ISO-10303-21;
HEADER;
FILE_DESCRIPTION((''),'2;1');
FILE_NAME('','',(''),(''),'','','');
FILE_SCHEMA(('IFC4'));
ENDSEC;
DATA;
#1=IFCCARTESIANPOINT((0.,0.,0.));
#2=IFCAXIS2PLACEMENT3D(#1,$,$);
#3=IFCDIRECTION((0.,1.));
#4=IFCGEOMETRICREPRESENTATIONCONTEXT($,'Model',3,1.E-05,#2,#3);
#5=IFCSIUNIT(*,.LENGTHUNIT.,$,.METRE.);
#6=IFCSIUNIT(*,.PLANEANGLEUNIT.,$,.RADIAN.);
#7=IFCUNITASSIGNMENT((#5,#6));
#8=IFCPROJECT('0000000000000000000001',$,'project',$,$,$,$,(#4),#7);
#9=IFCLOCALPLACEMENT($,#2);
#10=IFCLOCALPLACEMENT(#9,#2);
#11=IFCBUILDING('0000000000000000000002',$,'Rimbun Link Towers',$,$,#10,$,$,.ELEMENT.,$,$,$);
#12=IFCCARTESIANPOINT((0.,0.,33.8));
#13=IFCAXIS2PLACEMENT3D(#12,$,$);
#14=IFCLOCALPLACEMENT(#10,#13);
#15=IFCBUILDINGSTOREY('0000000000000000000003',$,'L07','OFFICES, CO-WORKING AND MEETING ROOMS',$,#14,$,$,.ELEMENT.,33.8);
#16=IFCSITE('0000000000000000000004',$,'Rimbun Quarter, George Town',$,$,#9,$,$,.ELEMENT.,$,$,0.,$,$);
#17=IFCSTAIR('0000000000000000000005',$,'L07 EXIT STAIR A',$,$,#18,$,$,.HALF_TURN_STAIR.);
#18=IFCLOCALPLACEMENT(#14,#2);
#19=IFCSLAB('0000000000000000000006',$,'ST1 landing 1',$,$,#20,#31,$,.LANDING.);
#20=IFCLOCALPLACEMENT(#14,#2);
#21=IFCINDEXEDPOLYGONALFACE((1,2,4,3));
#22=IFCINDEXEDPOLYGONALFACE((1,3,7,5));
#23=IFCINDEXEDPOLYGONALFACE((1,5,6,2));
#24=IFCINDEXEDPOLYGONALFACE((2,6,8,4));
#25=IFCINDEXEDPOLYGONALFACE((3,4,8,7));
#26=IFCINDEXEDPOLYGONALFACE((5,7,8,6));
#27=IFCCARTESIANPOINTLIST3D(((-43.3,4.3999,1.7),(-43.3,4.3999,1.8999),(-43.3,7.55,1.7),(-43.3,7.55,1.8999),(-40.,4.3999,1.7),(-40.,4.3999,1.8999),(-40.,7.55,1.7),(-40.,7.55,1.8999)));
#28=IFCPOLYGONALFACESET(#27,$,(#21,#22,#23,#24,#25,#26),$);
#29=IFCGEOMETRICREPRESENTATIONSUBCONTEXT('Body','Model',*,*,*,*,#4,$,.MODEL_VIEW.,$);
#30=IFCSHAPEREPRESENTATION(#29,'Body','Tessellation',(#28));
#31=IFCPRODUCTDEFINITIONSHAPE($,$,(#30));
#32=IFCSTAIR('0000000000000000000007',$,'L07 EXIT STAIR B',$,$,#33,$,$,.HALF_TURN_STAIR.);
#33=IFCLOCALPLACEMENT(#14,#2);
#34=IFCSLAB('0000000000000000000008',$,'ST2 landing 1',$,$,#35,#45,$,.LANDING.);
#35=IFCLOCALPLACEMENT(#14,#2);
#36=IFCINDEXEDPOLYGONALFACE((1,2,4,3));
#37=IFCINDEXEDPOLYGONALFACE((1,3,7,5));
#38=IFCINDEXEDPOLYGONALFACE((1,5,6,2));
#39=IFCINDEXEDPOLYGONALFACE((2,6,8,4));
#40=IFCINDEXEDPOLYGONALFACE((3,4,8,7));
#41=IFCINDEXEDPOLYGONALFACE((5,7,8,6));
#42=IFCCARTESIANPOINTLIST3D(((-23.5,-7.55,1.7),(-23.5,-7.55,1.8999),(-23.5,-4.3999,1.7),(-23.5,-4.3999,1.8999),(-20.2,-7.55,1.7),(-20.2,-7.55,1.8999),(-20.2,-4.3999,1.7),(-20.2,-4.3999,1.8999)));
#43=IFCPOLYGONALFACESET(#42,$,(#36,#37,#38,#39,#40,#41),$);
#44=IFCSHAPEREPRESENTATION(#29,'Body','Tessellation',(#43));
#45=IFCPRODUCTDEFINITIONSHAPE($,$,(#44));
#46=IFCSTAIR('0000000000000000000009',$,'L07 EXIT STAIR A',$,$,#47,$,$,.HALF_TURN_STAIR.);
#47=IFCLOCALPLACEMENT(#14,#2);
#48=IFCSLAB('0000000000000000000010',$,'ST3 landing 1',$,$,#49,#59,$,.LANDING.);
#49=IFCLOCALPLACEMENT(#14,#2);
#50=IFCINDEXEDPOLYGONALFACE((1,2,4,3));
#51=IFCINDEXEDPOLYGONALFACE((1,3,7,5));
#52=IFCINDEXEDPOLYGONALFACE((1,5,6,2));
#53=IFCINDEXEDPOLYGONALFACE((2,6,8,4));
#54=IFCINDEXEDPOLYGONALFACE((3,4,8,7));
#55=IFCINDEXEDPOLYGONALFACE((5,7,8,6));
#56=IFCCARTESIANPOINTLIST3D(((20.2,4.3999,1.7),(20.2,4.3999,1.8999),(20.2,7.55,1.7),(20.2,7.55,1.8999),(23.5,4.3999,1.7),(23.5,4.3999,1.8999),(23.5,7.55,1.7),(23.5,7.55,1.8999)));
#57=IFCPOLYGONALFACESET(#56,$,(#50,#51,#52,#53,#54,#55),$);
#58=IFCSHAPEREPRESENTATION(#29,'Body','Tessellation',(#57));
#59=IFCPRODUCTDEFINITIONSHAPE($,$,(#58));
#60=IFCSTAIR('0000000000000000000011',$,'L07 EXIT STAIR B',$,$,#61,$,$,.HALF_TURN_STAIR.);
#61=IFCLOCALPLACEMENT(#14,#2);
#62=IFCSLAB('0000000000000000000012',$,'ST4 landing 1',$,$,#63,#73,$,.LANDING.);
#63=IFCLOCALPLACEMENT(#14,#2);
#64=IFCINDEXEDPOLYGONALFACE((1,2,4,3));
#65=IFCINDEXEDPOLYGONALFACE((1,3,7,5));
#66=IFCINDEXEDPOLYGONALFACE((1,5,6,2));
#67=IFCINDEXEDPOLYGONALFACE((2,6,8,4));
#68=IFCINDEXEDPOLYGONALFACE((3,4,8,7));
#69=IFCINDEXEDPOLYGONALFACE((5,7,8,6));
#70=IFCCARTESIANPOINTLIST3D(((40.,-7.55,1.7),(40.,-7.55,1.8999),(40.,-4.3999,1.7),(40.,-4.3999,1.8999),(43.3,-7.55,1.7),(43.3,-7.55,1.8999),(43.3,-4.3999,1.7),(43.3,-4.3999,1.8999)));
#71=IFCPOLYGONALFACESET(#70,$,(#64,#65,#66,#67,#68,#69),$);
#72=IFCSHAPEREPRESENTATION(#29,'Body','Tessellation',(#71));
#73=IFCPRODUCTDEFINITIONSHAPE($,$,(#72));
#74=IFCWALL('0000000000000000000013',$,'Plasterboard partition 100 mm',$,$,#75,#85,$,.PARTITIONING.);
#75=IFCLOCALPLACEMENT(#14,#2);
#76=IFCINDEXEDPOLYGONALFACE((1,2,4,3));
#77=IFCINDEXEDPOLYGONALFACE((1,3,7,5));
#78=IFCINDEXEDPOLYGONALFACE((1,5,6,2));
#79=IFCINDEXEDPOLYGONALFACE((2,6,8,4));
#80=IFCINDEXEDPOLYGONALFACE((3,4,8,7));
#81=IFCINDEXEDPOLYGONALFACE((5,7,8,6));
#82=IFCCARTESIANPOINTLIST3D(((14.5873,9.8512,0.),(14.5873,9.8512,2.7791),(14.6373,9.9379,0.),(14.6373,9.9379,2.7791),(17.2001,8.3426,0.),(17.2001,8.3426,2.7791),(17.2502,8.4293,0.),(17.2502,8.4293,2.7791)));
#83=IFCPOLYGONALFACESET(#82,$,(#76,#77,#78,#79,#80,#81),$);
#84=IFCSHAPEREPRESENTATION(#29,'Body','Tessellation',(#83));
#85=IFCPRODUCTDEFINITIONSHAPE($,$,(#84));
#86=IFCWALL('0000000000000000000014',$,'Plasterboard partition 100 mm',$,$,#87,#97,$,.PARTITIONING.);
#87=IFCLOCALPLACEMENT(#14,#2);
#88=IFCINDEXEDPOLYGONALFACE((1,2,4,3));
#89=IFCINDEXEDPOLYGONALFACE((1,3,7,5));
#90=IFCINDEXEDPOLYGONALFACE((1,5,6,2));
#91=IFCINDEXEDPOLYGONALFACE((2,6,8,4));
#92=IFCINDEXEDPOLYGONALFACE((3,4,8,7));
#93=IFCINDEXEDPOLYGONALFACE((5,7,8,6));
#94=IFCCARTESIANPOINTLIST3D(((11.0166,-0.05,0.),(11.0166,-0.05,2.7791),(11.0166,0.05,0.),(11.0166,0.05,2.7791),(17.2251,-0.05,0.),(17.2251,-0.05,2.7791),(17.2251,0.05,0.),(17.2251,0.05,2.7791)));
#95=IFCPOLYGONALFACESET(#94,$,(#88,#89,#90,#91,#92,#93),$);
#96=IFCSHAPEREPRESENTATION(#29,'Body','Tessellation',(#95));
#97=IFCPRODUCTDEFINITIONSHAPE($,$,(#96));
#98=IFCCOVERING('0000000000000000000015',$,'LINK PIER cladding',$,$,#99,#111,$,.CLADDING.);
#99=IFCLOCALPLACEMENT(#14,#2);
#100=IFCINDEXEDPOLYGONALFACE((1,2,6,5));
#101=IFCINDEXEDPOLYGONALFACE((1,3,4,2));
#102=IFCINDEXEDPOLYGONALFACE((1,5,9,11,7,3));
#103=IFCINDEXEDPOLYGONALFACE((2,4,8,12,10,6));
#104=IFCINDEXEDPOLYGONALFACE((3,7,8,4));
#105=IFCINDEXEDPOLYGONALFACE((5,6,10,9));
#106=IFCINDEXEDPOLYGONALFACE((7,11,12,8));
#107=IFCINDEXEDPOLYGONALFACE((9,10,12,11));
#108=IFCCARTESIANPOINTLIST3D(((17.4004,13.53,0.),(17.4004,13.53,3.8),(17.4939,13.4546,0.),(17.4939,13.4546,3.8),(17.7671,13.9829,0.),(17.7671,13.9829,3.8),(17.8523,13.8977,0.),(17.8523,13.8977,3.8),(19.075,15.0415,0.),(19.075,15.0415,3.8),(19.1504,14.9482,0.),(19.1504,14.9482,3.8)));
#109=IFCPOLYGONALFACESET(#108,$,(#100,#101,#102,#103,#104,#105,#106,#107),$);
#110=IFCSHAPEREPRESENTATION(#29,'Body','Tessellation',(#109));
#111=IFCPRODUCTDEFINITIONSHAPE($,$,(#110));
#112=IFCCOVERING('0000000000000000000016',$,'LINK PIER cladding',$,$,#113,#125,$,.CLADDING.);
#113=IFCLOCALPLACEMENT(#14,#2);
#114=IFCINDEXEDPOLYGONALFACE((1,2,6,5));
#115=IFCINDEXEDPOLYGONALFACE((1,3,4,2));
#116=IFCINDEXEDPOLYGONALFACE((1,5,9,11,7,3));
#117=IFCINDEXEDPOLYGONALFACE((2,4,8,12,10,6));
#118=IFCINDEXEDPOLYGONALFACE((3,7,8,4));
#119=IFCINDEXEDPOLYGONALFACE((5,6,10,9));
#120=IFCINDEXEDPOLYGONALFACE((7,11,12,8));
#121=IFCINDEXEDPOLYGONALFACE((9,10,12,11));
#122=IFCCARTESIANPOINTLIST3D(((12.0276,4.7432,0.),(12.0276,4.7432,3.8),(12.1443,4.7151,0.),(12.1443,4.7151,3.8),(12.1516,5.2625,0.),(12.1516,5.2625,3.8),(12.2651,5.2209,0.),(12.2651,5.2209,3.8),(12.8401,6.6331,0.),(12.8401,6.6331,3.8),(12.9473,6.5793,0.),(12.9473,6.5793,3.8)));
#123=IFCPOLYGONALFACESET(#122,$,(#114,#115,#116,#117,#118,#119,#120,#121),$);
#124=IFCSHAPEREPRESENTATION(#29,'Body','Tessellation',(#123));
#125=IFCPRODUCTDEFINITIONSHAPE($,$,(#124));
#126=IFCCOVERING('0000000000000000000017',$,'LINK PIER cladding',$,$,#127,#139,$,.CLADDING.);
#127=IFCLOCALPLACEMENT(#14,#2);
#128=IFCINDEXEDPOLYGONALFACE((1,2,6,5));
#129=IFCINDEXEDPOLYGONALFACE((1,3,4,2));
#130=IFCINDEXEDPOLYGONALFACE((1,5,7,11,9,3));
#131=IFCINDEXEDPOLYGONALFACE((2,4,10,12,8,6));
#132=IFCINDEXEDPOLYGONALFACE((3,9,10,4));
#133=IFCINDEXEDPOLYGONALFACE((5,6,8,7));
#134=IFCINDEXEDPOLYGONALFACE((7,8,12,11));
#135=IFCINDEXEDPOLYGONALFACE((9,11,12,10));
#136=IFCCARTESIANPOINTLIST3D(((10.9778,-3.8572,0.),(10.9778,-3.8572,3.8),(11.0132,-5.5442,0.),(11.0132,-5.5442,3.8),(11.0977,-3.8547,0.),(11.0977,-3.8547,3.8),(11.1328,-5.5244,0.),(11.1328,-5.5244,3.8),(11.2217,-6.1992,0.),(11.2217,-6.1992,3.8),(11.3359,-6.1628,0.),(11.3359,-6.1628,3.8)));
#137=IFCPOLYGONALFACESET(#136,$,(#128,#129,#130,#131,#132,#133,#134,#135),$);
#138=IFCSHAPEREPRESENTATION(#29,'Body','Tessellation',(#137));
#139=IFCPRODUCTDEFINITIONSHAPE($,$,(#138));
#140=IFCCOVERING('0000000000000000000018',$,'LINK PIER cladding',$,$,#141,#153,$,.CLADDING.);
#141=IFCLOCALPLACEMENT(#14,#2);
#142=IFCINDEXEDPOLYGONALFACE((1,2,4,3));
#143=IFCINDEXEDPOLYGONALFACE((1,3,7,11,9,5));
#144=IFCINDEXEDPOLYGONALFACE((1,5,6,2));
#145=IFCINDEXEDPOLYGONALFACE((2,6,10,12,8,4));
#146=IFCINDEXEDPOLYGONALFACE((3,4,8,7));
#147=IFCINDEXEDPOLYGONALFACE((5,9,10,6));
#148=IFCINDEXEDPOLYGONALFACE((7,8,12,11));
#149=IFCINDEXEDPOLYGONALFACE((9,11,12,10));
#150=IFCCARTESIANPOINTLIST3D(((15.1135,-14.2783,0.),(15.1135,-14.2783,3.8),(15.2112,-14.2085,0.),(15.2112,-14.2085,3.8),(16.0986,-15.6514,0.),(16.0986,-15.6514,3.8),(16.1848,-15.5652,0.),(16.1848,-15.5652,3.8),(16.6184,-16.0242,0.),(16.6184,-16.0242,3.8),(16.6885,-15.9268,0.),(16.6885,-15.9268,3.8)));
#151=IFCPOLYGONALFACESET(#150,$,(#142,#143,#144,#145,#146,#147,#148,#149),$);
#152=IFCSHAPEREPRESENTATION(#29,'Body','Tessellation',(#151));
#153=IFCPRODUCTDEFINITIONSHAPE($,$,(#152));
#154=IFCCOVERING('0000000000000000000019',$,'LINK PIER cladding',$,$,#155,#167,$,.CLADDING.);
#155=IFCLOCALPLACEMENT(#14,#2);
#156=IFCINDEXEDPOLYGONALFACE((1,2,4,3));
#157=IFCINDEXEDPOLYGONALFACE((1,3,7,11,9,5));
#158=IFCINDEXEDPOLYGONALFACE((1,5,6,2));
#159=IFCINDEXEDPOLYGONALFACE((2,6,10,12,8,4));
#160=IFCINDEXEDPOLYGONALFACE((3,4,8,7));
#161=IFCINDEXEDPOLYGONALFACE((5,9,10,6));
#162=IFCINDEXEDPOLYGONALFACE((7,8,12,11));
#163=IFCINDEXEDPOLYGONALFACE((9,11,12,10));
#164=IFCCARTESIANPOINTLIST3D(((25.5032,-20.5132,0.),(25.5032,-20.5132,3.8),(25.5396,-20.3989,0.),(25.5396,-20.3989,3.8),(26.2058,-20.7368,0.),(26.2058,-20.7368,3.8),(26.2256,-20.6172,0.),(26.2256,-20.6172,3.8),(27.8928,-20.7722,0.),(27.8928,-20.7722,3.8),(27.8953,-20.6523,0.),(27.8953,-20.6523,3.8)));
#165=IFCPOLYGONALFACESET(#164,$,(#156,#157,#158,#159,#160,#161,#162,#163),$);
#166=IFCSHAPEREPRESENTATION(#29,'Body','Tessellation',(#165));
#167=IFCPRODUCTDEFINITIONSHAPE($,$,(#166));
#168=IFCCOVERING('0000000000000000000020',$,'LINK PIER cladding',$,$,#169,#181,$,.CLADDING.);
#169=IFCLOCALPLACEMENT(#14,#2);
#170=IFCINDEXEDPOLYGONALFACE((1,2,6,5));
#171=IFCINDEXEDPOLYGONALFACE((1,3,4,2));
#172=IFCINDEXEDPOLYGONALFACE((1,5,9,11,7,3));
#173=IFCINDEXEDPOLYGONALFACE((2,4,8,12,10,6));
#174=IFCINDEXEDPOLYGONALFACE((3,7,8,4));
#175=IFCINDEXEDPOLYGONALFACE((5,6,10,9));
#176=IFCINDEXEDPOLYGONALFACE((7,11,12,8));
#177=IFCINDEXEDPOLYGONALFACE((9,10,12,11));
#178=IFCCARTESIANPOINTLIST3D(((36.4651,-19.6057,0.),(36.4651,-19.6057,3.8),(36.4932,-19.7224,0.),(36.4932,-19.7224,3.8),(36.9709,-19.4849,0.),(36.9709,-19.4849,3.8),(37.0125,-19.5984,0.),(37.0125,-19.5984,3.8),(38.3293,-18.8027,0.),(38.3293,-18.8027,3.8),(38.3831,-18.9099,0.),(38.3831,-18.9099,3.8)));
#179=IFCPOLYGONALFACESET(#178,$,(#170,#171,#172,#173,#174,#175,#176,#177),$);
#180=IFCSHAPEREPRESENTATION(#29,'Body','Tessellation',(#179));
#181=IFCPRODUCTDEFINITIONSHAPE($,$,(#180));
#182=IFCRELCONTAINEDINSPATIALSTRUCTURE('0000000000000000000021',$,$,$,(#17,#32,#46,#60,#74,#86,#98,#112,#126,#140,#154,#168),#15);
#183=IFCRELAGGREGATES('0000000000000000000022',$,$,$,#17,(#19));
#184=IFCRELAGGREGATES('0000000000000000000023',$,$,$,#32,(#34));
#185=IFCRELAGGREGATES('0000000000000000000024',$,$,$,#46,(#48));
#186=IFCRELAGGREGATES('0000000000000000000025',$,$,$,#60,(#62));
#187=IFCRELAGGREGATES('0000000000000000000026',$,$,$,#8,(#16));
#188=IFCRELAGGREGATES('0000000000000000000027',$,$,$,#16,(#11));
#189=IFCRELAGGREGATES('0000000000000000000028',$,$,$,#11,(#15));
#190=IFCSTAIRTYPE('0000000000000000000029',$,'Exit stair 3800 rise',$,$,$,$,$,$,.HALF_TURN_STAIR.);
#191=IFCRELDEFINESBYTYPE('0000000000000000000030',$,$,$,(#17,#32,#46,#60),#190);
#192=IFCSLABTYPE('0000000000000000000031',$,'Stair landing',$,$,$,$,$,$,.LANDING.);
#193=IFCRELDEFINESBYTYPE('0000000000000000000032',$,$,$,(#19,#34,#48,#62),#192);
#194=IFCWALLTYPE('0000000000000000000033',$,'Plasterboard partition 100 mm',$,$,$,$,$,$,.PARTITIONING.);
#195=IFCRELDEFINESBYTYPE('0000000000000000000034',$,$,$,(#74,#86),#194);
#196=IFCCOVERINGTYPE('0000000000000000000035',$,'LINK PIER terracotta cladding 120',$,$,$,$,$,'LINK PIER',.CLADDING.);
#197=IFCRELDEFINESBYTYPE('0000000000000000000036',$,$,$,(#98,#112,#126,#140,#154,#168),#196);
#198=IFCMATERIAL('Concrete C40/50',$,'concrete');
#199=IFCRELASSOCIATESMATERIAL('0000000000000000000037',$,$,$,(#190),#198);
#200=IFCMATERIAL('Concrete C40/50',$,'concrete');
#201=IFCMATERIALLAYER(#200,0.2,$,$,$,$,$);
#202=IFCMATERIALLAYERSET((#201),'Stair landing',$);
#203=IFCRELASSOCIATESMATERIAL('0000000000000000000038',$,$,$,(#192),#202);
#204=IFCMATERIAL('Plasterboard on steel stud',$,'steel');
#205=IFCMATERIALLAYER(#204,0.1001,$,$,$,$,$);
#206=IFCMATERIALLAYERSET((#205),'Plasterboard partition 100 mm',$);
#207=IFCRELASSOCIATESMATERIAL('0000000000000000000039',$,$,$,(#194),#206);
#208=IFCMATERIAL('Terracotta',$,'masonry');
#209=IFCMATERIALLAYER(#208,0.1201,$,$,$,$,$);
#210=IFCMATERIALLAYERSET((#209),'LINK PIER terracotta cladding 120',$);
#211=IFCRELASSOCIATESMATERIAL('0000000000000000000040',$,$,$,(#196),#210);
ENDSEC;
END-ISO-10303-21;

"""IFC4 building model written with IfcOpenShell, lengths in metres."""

from ifc_helpers import new_model, si_unit, direction, frame, frame_2d, origin, place, context, subcontext, project, spatial, polyline, rectangle, outline, extrude, material, layer, layer_set, type_object, element, aggregate, save


model = new_model("IFC4")

# Units and contexts
model_context = context("Model", 3, precision=1e-05, world=origin(), true_north=direction((0.0, 1.0)))
body_context = subcontext(model_context, "Body", "Model", "MODEL_VIEW")
ifc_project = project(units=[si_unit("LENGTHUNIT", "METRE"), si_unit("PLANEANGLEUNIT", "RADIAN")], contexts=[model_context])

# Site, building, storey
site_placement = place(None, origin())
site = spatial("IfcSite", under=ifc_project, at=site_placement, Name="Rimbun Quarter, George Town", CompositionType="ELEMENT", RefElevation=0.0)
building_placement = place(site_placement, origin())
building = spatial("IfcBuilding", under=site, at=building_placement, Name="Rimbun Link Towers", CompositionType="ELEMENT")
storey_placement = place(building_placement, frame((0.0, 0.0, 33.8)))
storey = spatial("IfcBuildingStorey", under=building, at=storey_placement, Name="L07", Description="OFFICES, CO-WORKING AND MEETING ROOMS", CompositionType="ELEMENT", Elevation=33.8)

# Stairs, slabs
ifc_material_1 = material(Name="Concrete C40/50", Category="concrete")
stair_type = type_object("IfcStairType", Name="Exit stair 3800 rise", PredefinedType="HALF_TURN_STAIR", material=ifc_material_1)
stair_1_placement = place(storey_placement, origin())
stair_1 = element("IfcStair", 1, at=stair_1_placement, inside=storey, type_object=stair_type, Name="L07 EXIT STAIR A", PredefinedType="HALF_TURN_STAIR")
ifc_material_2 = material(Name="Concrete C40/50", Category="concrete")
ifc_layer_1 = layer(ifc_material_2, 0.2)
ifc_layer_set_1 = layer_set([ifc_layer_1], Name="Stair landing")
slab_type = type_object("IfcSlabType", Name="Stair landing", PredefinedType="LANDING", material=ifc_layer_set_1)
slab_1_placement = place(storey_placement, frame((0.0, 0.0, 1.7)))
slab_1 = element("IfcSlab", 2, at=slab_1_placement, type_object=slab_type, Name="ST1 landing 1", PredefinedType="LANDING", context=body_context, shape_type="SweptSolid", body=[
    extrude(outline(polyline([(-40.0, 7.55), (-43.3, 7.55), (-43.3, 4.3999), (-40.0, 4.3999), (-40.0, 7.55)])), origin(), (0.0, 0.0, 1.0), 0.2),
])
aggregate(stair_1, [slab_1])
stair_2_placement = place(storey_placement, origin())
stair_2 = element("IfcStair", 3, at=stair_2_placement, inside=storey, type_object=stair_type, Name="L07 EXIT STAIR B", PredefinedType="HALF_TURN_STAIR")
slab_2_placement = place(storey_placement, frame((0.0, 0.0, 1.7)))
slab_2 = element("IfcSlab", 4, at=slab_2_placement, type_object=slab_type, Name="ST2 landing 1", PredefinedType="LANDING", context=body_context, shape_type="SweptSolid", body=[
    extrude(outline(polyline([(-23.5, -7.55), (-20.2, -7.55), (-20.2, -4.3999), (-23.5, -4.3999), (-23.5, -7.55)])), origin(), (0.0, 0.0, 1.0), 0.2),
])
aggregate(stair_2, [slab_2])
stair_3_placement = place(storey_placement, origin())
stair_3 = element("IfcStair", 5, at=stair_3_placement, inside=storey, type_object=stair_type, Name="L07 EXIT STAIR A", PredefinedType="HALF_TURN_STAIR")
slab_3_placement = place(storey_placement, frame((0.0, 0.0, 1.7)))
slab_3 = element("IfcSlab", 6, at=slab_3_placement, type_object=slab_type, Name="ST3 landing 1", PredefinedType="LANDING", context=body_context, shape_type="SweptSolid", body=[
    extrude(outline(polyline([(23.5, 7.55), (20.2, 7.55), (20.2, 4.3999), (23.5, 4.3999), (23.5, 7.55)])), origin(), (0.0, 0.0, 1.0), 0.2),
])
aggregate(stair_3, [slab_3])
stair_4_placement = place(storey_placement, origin())
stair_4 = element("IfcStair", 7, at=stair_4_placement, inside=storey, type_object=stair_type, Name="L07 EXIT STAIR B", PredefinedType="HALF_TURN_STAIR")
slab_4_placement = place(storey_placement, frame((0.0, 0.0, 1.7)))
slab_4 = element("IfcSlab", 8, at=slab_4_placement, type_object=slab_type, Name="ST4 landing 1", PredefinedType="LANDING", context=body_context, shape_type="SweptSolid", body=[
    extrude(outline(polyline([(40.0, -7.55), (43.3, -7.55), (43.3, -4.3999), (40.0, -4.3999), (40.0, -7.55)])), origin(), (0.0, 0.0, 1.0), 0.2),
])
aggregate(stair_4, [slab_4])

# Walls
ifc_material_3 = material(Name="Plasterboard on steel stud", Category="steel")
ifc_layer_2 = layer(ifc_material_3, 0.1001)
ifc_layer_set_2 = layer_set([ifc_layer_2], Name="Plasterboard partition 100 mm")
wall_type = type_object("IfcWallType", Name="Plasterboard partition 100 mm", PredefinedType="PARTITIONING", material=ifc_layer_set_2)
wall_1_placement = place(storey_placement, frame((14.6123, 9.8945, 0.0), z_axis=(0.0, 0.0, 1.0), x_axis=(0.866018, -0.500012, 0.0)))
element("IfcWall", 9, at=wall_1_placement, inside=storey, type_object=wall_type, Name="Plasterboard partition 100 mm", PredefinedType="PARTITIONING", context=body_context, shape_type="SweptSolid", body=[
    extrude(rectangle(XDim=3.0171, YDim=0.1001, at=frame_2d((1.5085, 0.0))), origin(), (0.0, 0.0, 1.0), 2.7791),
])
wall_2_placement = place(storey_placement, frame((11.0166, 0.0, 0.0), z_axis=(0.0, 0.0, 1.0), x_axis=(1.0, 0.0, 0.0)))
element("IfcWall", 10, at=wall_2_placement, inside=storey, type_object=wall_type, Name="Plasterboard partition 100 mm", PredefinedType="PARTITIONING", context=body_context, shape_type="SweptSolid", body=[
    extrude(rectangle(XDim=6.2085, YDim=0.1001, at=frame_2d((3.1042, 0.0))), origin(), (0.0, 0.0, 1.0), 2.7791),
])

# Coverings
ifc_material_4 = material(Name="Terracotta", Category="masonry")
ifc_layer_3 = layer(ifc_material_4, 0.1201)
ifc_layer_set_3 = layer_set([ifc_layer_3], Name="LINK PIER terracotta cladding 120")
covering_type_1 = type_object("IfcCoveringType", Name="LINK PIER terracotta cladding 120", ElementType="LINK PIER", PredefinedType="CLADDING", material=ifc_layer_set_3)
covering_1_placement = place(storey_placement, origin())
element("IfcCovering", 11, at=covering_1_placement, inside=storey, type_object=covering_type_1, Name="LINK PIER cladding", PredefinedType="CLADDING", context=body_context, shape_type="SweptSolid", body=[
    extrude(outline(polyline([(17.4939, 13.4546), (17.8523, 13.8977), (19.1504, 14.9482), (19.075, 15.0415), (17.7671, 13.9829), (17.4004, 13.53), (17.4939, 13.4546)])), origin(), (0.0, 0.0, 1.0), 3.8),
])
covering_2_placement = place(storey_placement, origin())
element("IfcCovering", 12, at=covering_2_placement, inside=storey, type_object=covering_type_1, Name="LINK PIER cladding", PredefinedType="CLADDING", context=body_context, shape_type="SweptSolid", body=[
    extrude(outline(polyline([(12.1443, 4.7151), (12.2651, 5.2209), (12.9473, 6.5793), (12.8401, 6.6331), (12.1516, 5.2625), (12.0276, 4.7432), (12.1443, 4.7151)])), origin(), (0.0, 0.0, 1.0), 3.8),
])
covering_3_placement = place(storey_placement, origin())
element("IfcCovering", 13, at=covering_3_placement, inside=storey, type_object=covering_type_1, Name="LINK PIER cladding", PredefinedType="CLADDING", context=body_context, shape_type="SweptSolid", body=[
    extrude(outline(polyline([(11.3359, -6.1628), (11.1328, -5.5244), (11.0977, -3.8547), (10.9778, -3.8572), (11.0132, -5.5442), (11.2217, -6.1992), (11.3359, -6.1628)])), origin(), (0.0, 0.0, 1.0), 3.8),
])
covering_4_placement = place(storey_placement, origin())
element("IfcCovering", 14, at=covering_4_placement, inside=storey, type_object=covering_type_1, Name="LINK PIER cladding", PredefinedType="CLADDING", context=body_context, shape_type="SweptSolid", body=[
    extrude(outline(polyline([(16.6885, -15.9268), (16.1848, -15.5652), (15.2112, -14.2085), (15.1135, -14.2783), (16.0986, -15.6514), (16.6184, -16.0242), (16.6885, -15.9268)])), origin(), (0.0, 0.0, 1.0), 3.8),
])
covering_5_placement = place(storey_placement, origin())
element("IfcCovering", 15, at=covering_5_placement, inside=storey, type_object=covering_type_1, Name="LINK PIER cladding", PredefinedType="CLADDING", context=body_context, shape_type="SweptSolid", body=[
    extrude(outline(polyline([(27.8953, -20.6523), (26.2256, -20.6172), (25.5396, -20.3989), (25.5032, -20.5132), (26.2058, -20.7368), (27.8928, -20.7722), (27.8953, -20.6523)])), origin(), (0.0, 0.0, 1.0), 3.8),
])
covering_6_placement = place(storey_placement, origin())
element("IfcCovering", 16, at=covering_6_placement, inside=storey, type_object=covering_type_1, Name="LINK PIER cladding", PredefinedType="CLADDING", context=body_context, shape_type="SweptSolid", body=[
    extrude(outline(polyline([(38.3293, -18.8027), (36.9709, -19.4849), (36.4651, -19.6057), (36.4932, -19.7224), (37.0125, -19.5984), (38.3831, -18.9099), (38.3293, -18.8027)])), origin(), (0.0, 0.0, 1.0), 3.8),
])

save(model, "model.ifc")
